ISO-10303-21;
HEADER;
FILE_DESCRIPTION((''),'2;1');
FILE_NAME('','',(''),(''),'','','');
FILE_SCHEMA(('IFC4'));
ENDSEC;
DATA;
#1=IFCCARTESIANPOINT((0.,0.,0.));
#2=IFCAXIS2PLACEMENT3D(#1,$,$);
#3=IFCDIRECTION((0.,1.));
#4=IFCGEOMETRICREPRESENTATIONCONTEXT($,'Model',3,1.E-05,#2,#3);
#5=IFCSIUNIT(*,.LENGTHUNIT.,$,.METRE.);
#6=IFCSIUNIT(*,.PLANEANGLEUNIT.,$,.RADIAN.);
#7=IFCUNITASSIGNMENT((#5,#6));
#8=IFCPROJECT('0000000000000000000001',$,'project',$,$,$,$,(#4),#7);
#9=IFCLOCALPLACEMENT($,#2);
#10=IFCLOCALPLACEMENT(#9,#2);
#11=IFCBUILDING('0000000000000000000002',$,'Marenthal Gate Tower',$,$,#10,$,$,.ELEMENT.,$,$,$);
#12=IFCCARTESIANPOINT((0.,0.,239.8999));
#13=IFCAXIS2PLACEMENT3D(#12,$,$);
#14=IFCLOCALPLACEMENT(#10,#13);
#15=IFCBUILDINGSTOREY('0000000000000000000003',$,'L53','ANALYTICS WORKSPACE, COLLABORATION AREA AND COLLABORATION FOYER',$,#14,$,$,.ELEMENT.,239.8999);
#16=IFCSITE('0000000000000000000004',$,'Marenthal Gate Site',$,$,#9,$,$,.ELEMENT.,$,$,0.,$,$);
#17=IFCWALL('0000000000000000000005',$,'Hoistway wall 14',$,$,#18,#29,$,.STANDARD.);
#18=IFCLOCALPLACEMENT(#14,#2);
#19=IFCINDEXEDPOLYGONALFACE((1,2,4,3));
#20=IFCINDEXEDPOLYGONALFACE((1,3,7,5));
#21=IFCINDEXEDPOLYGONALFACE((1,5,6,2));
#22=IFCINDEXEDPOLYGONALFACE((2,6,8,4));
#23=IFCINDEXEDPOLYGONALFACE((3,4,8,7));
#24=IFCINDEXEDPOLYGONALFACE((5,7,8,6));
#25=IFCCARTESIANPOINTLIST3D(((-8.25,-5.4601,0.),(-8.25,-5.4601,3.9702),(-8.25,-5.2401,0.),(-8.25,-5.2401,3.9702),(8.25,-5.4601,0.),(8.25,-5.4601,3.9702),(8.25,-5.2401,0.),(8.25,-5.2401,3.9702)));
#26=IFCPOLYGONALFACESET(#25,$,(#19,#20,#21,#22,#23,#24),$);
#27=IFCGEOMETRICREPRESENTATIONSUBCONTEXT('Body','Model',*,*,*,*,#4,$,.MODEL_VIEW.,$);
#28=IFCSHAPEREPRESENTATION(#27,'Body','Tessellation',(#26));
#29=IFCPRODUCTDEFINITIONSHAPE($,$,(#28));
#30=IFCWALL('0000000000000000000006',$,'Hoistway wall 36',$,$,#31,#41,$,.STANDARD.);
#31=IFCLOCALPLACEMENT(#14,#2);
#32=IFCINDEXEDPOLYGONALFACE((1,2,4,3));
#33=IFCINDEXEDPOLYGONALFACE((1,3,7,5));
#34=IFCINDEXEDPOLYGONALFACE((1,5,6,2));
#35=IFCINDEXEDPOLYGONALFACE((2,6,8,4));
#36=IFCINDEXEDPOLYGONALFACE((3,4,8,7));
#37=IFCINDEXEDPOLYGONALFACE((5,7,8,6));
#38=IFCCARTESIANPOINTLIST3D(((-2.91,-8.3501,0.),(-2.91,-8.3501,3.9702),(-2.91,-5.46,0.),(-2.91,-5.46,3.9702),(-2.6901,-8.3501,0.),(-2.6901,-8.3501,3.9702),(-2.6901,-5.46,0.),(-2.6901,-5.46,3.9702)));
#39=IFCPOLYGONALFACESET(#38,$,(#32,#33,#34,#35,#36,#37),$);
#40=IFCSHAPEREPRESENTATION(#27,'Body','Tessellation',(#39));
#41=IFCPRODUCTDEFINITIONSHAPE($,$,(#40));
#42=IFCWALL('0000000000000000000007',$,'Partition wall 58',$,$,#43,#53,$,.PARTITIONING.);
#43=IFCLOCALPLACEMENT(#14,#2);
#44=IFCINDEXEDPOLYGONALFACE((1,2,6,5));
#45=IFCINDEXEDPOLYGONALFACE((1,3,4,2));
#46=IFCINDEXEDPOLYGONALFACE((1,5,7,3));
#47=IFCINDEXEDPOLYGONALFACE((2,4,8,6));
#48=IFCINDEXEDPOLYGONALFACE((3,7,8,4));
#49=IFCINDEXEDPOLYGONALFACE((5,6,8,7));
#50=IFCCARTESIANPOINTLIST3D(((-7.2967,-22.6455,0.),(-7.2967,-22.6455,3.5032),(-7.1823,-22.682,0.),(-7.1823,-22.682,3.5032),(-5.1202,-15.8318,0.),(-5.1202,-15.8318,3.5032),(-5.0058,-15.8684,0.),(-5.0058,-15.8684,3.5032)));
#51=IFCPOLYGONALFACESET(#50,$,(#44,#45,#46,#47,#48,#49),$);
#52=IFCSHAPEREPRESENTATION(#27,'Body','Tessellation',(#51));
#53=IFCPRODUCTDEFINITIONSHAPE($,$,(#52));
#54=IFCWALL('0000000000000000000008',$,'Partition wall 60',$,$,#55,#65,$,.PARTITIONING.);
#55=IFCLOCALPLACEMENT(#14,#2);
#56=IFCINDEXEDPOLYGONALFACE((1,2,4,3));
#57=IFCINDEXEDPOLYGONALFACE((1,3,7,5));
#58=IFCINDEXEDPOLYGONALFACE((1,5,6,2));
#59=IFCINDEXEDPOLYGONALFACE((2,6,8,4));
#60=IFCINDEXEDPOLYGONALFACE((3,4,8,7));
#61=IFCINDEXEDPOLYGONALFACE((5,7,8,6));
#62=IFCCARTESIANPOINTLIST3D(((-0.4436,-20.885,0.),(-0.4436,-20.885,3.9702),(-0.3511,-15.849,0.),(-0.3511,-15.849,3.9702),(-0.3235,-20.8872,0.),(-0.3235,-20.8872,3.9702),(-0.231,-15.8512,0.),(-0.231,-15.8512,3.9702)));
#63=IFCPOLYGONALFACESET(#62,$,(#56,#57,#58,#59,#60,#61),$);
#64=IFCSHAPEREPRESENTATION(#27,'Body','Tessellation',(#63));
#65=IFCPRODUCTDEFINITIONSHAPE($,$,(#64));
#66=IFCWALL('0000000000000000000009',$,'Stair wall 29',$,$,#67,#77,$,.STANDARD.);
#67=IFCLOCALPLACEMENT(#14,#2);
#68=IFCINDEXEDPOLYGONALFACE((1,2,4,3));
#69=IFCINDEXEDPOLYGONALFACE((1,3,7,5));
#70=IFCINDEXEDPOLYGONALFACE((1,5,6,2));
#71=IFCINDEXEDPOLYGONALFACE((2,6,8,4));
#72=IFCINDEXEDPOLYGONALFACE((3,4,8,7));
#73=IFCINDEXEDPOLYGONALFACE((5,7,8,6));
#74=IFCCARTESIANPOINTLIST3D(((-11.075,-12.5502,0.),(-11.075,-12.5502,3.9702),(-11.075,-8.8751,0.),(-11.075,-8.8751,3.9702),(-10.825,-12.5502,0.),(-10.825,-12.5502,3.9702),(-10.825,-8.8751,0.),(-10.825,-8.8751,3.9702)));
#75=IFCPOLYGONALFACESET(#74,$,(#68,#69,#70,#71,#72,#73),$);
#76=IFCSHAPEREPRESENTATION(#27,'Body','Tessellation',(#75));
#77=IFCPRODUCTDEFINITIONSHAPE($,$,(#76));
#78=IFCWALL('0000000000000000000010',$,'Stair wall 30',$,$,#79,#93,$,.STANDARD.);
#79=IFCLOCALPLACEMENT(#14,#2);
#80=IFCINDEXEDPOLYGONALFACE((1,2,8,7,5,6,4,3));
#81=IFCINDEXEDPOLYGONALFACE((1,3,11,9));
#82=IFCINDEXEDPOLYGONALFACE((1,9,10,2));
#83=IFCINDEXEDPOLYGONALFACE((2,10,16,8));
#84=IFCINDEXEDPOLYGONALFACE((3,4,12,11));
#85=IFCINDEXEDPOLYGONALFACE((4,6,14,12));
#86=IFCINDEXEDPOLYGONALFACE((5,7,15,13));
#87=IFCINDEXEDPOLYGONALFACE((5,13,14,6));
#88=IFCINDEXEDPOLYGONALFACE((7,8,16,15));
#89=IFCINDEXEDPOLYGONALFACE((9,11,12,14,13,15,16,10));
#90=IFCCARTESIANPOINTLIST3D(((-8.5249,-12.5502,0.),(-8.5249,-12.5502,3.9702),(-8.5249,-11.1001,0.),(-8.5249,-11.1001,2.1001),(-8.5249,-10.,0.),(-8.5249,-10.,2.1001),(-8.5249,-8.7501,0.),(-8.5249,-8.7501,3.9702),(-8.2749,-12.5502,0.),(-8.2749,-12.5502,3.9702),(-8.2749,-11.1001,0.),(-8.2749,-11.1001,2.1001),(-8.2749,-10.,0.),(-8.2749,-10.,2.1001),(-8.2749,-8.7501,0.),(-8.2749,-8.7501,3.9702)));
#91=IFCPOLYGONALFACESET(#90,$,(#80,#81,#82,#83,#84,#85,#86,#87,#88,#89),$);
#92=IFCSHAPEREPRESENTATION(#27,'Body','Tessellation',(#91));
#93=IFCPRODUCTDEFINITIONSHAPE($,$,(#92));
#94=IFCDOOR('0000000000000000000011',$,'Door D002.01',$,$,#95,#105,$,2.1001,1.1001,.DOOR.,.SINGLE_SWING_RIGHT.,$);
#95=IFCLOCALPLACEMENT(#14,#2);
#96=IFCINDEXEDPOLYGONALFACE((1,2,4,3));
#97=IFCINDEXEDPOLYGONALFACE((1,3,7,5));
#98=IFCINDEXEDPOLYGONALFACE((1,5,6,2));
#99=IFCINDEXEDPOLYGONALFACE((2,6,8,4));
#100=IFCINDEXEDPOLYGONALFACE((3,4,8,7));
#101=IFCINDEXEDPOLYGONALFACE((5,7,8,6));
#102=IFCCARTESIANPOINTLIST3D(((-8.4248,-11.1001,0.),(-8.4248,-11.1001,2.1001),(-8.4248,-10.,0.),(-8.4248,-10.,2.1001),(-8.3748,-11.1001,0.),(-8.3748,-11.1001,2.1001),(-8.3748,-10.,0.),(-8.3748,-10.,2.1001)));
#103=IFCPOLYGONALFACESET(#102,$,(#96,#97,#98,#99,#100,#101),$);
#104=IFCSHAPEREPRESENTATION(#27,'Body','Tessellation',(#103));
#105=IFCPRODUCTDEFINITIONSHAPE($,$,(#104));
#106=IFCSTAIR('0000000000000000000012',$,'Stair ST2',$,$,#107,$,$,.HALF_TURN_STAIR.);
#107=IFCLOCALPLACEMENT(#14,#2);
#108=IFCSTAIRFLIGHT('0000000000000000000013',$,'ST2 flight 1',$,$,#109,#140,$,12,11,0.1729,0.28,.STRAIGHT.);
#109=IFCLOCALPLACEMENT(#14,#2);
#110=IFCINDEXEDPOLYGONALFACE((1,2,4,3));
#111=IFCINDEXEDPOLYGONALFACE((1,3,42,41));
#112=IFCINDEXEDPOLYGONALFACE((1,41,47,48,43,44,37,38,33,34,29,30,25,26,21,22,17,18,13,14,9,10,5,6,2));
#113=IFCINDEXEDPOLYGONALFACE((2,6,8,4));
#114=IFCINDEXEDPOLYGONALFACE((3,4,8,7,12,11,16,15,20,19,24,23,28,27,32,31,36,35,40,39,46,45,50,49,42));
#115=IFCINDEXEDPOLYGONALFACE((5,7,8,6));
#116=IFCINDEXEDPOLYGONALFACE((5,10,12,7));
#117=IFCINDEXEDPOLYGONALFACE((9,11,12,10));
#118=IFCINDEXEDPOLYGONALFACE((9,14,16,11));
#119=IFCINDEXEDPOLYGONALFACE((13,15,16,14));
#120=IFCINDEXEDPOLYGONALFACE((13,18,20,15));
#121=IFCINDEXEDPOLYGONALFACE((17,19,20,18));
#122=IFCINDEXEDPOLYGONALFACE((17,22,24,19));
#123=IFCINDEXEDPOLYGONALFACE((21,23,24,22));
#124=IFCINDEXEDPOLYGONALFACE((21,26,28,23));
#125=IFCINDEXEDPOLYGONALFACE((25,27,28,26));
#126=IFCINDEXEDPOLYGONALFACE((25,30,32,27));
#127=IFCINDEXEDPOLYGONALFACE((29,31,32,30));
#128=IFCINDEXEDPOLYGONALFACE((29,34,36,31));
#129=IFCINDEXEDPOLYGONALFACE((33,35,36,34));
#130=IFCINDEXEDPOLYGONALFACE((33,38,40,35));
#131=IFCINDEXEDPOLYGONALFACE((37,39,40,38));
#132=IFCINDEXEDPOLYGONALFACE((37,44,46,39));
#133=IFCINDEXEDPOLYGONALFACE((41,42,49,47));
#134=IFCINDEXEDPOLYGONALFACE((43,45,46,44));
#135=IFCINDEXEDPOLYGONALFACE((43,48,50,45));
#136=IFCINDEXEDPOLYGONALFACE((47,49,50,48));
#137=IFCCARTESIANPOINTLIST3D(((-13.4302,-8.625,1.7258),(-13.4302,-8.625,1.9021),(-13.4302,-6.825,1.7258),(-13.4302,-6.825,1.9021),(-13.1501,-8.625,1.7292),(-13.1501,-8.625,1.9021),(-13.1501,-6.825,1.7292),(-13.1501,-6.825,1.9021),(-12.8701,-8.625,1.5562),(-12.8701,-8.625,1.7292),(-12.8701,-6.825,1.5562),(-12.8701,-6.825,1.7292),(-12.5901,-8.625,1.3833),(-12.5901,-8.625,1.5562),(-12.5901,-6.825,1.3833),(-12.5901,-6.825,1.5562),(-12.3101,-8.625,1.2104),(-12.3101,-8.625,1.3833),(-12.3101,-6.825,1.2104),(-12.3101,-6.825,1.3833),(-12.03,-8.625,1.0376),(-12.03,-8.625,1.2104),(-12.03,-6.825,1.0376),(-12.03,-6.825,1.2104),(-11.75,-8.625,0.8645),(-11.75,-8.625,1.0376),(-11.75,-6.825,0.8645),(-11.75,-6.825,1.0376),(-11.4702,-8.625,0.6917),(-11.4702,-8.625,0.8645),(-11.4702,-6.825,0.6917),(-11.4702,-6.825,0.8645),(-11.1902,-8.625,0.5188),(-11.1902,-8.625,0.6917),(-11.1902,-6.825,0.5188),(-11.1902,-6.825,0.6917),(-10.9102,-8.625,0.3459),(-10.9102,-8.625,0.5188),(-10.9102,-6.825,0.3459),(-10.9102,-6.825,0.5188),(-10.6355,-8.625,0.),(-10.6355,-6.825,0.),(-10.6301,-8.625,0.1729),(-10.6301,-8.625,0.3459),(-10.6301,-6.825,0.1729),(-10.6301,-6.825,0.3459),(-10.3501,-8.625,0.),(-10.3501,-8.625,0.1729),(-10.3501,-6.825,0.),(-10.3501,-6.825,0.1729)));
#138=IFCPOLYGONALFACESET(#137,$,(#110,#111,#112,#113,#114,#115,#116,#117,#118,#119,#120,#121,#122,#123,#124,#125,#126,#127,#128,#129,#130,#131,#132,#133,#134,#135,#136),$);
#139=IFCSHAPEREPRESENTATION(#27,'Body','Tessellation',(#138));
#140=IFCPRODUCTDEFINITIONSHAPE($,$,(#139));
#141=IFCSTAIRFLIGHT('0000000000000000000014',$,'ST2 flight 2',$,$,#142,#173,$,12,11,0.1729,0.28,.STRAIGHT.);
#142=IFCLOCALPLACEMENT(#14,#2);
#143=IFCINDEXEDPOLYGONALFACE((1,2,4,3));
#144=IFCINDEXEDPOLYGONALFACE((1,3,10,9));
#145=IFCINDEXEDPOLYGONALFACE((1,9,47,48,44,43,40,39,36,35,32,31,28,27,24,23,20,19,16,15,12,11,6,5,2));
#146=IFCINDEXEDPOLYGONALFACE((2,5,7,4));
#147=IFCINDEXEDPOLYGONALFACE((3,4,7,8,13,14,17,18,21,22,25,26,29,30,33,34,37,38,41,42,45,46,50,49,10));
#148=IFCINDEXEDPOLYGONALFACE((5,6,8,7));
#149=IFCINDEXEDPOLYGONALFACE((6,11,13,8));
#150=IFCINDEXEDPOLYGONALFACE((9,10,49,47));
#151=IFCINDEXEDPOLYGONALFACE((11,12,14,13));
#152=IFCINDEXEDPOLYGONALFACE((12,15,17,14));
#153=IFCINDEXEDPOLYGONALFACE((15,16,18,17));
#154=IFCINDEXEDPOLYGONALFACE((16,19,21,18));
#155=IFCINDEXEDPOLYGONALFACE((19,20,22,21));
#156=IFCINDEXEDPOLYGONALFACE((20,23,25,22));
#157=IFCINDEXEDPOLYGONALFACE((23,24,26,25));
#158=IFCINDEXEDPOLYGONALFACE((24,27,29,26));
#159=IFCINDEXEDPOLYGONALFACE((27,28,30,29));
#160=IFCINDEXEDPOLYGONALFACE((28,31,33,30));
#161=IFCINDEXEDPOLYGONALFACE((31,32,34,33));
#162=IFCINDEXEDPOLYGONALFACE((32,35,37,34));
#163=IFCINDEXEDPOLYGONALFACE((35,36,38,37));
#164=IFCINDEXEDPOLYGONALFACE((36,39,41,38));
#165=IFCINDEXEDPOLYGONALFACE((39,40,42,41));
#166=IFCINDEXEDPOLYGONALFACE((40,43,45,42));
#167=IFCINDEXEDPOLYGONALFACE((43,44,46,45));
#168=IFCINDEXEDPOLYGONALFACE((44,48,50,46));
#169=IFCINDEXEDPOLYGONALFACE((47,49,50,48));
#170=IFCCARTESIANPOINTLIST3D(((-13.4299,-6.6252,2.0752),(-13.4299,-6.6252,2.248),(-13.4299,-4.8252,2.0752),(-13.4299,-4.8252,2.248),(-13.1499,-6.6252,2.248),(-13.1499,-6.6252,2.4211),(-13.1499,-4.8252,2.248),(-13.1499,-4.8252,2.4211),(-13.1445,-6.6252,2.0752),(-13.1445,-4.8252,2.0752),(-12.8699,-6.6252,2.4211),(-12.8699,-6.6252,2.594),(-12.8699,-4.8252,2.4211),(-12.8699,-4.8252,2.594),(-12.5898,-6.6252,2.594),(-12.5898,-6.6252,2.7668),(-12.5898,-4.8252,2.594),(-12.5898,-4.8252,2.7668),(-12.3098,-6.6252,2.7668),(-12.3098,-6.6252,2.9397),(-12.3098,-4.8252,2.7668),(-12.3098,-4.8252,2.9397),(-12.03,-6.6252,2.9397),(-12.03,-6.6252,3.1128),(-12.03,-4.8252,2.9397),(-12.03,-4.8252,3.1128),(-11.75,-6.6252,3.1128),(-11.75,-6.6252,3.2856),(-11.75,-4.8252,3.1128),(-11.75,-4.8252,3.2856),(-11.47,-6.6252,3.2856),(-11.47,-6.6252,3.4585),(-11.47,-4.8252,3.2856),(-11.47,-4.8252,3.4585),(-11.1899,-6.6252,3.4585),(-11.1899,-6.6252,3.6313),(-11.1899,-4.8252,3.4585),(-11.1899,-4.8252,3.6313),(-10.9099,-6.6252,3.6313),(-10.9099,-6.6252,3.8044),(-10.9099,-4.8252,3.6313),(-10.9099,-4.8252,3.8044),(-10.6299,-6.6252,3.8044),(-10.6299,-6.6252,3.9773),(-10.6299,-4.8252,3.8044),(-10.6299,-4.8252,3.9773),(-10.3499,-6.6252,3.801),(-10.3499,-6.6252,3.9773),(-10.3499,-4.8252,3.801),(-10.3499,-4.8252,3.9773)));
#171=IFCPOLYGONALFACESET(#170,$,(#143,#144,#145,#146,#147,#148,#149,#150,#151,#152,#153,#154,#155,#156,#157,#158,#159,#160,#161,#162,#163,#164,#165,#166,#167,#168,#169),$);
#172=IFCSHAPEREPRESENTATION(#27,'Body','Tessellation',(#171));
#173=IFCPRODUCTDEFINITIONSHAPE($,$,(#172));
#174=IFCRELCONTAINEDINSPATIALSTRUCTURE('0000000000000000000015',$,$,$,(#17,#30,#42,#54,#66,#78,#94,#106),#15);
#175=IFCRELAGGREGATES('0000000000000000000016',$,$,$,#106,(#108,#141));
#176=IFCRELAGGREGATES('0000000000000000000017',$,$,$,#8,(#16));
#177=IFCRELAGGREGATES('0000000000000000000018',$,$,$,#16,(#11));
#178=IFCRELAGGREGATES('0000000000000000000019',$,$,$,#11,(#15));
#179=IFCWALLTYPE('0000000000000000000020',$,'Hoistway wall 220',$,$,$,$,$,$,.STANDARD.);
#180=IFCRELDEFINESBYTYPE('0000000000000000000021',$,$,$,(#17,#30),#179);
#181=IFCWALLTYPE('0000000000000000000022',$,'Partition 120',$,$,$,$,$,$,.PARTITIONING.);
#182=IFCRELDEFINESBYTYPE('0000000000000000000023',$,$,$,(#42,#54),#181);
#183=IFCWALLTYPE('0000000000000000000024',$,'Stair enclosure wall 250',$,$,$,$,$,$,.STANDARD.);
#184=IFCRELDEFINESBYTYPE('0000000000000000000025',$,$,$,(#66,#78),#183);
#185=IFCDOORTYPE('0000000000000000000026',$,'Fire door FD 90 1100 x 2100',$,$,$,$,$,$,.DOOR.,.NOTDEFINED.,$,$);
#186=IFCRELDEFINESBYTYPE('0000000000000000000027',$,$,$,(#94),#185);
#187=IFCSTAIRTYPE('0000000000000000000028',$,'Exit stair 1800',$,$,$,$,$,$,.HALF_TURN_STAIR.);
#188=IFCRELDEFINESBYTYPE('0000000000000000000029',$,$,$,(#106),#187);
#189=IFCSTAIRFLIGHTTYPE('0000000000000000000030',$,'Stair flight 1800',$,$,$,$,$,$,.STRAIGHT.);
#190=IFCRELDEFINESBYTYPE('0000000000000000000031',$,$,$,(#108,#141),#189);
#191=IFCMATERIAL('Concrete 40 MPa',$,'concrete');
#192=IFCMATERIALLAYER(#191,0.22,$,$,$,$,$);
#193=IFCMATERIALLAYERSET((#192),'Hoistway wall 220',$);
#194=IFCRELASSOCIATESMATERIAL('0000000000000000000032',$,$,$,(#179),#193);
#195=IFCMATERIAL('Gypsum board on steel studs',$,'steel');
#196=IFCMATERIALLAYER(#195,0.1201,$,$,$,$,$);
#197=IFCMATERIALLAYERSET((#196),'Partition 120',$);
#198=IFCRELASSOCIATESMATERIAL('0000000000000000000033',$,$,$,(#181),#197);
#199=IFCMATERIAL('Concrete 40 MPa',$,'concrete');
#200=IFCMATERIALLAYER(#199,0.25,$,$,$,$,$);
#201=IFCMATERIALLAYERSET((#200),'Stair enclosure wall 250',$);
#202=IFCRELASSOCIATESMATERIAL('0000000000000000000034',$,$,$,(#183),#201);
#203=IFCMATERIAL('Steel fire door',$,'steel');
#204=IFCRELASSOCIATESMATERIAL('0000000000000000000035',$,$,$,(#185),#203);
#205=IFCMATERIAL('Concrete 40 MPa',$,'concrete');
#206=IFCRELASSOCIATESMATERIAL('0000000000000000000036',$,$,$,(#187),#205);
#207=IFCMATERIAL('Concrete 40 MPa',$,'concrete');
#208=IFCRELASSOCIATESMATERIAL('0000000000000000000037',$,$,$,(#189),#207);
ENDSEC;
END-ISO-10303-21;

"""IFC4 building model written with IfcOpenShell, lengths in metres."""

from ifc_helpers import new_model, si_unit, direction, frame, frame_2d, origin, place, context, subcontext, project, spatial, polyline, rectangle, outline, extrude, material, layer, layer_set, type_object, element, fill, aggregate, save


model = new_model("IFC4")

# Units and contexts
model_context = context("Model", 3, precision=1e-05, world=origin(), true_north=direction((0.0, 1.0)))
body_context = subcontext(model_context, "Body", "Model", "MODEL_VIEW")
ifc_project = project(units=[si_unit("LENGTHUNIT", "METRE"), si_unit("PLANEANGLEUNIT", "RADIAN")], contexts=[model_context])

# Site, building, storey
site_placement = place(None, origin())
site = spatial("IfcSite", under=ifc_project, at=site_placement, Name="Marenthal Gate Site", CompositionType="ELEMENT", RefElevation=0.0)
building_placement = place(site_placement, origin())
building = spatial("IfcBuilding", under=site, at=building_placement, Name="Marenthal Gate Tower", CompositionType="ELEMENT")
storey_placement = place(building_placement, frame((0.0, 0.0, 239.8999)))
storey = spatial("IfcBuildingStorey", under=building, at=storey_placement, Name="L53", Description="ANALYTICS WORKSPACE, COLLABORATION AREA AND COLLABORATION FOYER", CompositionType="ELEMENT", Elevation=239.8999)

# Shared definitions
ifc_material_1 = material(Name="Concrete 40 MPa", Category="concrete")
ifc_layer_1 = layer(ifc_material_1, 0.22)
ifc_layer_set_1 = layer_set([ifc_layer_1], Name="Hoistway wall 220")
wall_type_1 = type_object("IfcWallType", Name="Hoistway wall 220", PredefinedType="STANDARD", material=ifc_layer_set_1)

# Walls
wall_1_placement = place(storey_placement, frame((-8.25, -5.3501, 0.0), z_axis=(0.0, 0.0, 1.0), x_axis=(1.0, 0.0, 0.0)))
element("IfcWall", 1, at=wall_1_placement, inside=storey, type_object=wall_type_1, Name="Hoistway wall 14", PredefinedType="STANDARD", context=body_context, shape_type="SweptSolid", body=[
    extrude(rectangle(XDim=16.5, YDim=0.22, at=frame_2d((8.25, 0.0))), origin(), (0.0, 0.0, 1.0), 3.9702),
])
wall_2_placement = place(storey_placement, frame((-2.8, -8.3501, 0.0), z_axis=(0.0, 0.0, 1.0), x_axis=(0.0, 1.0, 0.0)))
element("IfcWall", 2, at=wall_2_placement, inside=storey, type_object=wall_type_1, Name="Hoistway wall 36", PredefinedType="STANDARD", context=body_context, shape_type="SweptSolid", body=[
    extrude(rectangle(XDim=2.8901, YDim=0.22, at=frame_2d((1.4451, 0.0))), origin(), (0.0, 0.0, 1.0), 3.9702),
])
ifc_material_2 = material(Name="Gypsum board on steel studs", Category="steel")
ifc_layer_2 = layer(ifc_material_2, 0.1201)
ifc_layer_set_2 = layer_set([ifc_layer_2], Name="Partition 120")
wall_type_2 = type_object("IfcWallType", Name="Partition 120", PredefinedType="PARTITIONING", material=ifc_layer_set_2)
wall_3_placement = place(storey_placement, frame((-5.063, -15.8501, 0.0), z_axis=(0.0, 0.0, 1.0), x_axis=(-0.304284, -0.952581, 0.0)))
element("IfcWall", 3, at=wall_3_placement, inside=storey, type_object=wall_type_2, Name="Partition wall 58", PredefinedType="PARTITIONING", context=body_context, shape_type="SweptSolid", body=[
    extrude(rectangle(XDim=7.1528, YDim=0.1201, at=frame_2d((3.5764, 0.0))), origin(), (0.0, 0.0, 1.0), 3.5032),
])
wall_4_placement = place(storey_placement, frame((-0.3835, -20.8862, 0.0), z_axis=(0.0, 0.0, 1.0), x_axis=(0.01837, 0.999831, 0.0)))
element("IfcWall", 4, at=wall_4_placement, inside=storey, type_object=wall_type_2, Name="Partition wall 60", PredefinedType="PARTITIONING", context=body_context, shape_type="SweptSolid", body=[
    extrude(rectangle(XDim=5.0369, YDim=0.1201, at=frame_2d((2.5186, 0.0))), origin(), (0.0, 0.0, 1.0), 3.9702),
])
ifc_material_3 = material(Name="Concrete 40 MPa", Category="concrete")
ifc_layer_3 = layer(ifc_material_3, 0.25)
ifc_layer_set_3 = layer_set([ifc_layer_3], Name="Stair enclosure wall 250")
wall_type_3 = type_object("IfcWallType", Name="Stair enclosure wall 250", PredefinedType="STANDARD", material=ifc_layer_set_3)
wall_5_placement = place(storey_placement, frame((-10.95, -12.55, 0.0), z_axis=(0.0, 0.0, 1.0), x_axis=(0.0, 1.0, 0.0)))
element("IfcWall", 5, at=wall_5_placement, inside=storey, type_object=wall_type_3, Name="Stair wall 29", PredefinedType="STANDARD", context=body_context, shape_type="SweptSolid", body=[
    extrude(rectangle(XDim=3.675, YDim=0.25, at=frame_2d((1.8374, 0.0))), origin(), (0.0, 0.0, 1.0), 3.9702),
])

# Wall, opening, door
wall_6_placement = place(storey_placement, frame((-8.3999, -12.55, 0.0), z_axis=(0.0, 0.0, 1.0), x_axis=(0.0, 1.0, 0.0)))
wall_6 = element("IfcWall", 6, at=wall_6_placement, inside=storey, type_object=wall_type_3, Name="Stair wall 30", PredefinedType="STANDARD", context=body_context, shape_type="SweptSolid", body=[
    extrude(rectangle(XDim=3.8, YDim=0.25, at=frame_2d((1.8999, 0.0))), origin(), (0.0, 0.0, 1.0), 3.9702),
])
opening_1_placement = place(wall_6_placement, frame((1.45, 0.0, 0.0)))
opening_1 = element("IfcOpeningElement", 7, at=opening_1_placement, cuts=wall_6, PredefinedType="OPENING", context=body_context, shape_type="SweptSolid", body=[
    extrude(rectangle(XDim=1.1001, YDim=2.1001, at=frame_2d((0.55, 1.05))), frame((0.0, 0.135, 0.0), z_axis=(0.0, -1.0, 0.0), x_axis=(1.0, 0.0, 0.0)), (0.0, 0.0, 1.0), 0.27),
])
ifc_material_4 = material(Name="Steel fire door", Category="steel")
door_type_1 = type_object("IfcDoorType", Name="Fire door FD 90 1100 x 2100", OperationType="NOTDEFINED", PredefinedType="DOOR", material=ifc_material_4)
door_1_placement = place(opening_1_placement, origin())
door_1 = element("IfcDoor", 8, at=door_1_placement, inside=storey, type_object=door_type_1, Name="Door D002.01", OperationType="SINGLE_SWING_RIGHT", OverallHeight=2.1001, OverallWidth=1.1001, PredefinedType="DOOR", context=body_context, shape_type="SweptSolid", body=[
    extrude(rectangle(XDim=1.1001, YDim=2.1001, at=frame_2d((0.55, 1.05))), frame((0.0, 0.0249, 0.0), z_axis=(0.0, -1.0, 0.0), x_axis=(1.0, 0.0, 0.0)), (0.0, 0.0, 1.0), 0.05),
])
fill(opening_1, door_1)

# Stair, stair flights
ifc_material_5 = material(Name="Concrete 40 MPa", Category="concrete")
stair_type = type_object("IfcStairType", Name="Exit stair 1800", PredefinedType="HALF_TURN_STAIR", material=ifc_material_5)
stair_placement = place(storey_placement, origin())
stair = element("IfcStair", 9, at=stair_placement, inside=storey, type_object=stair_type, Name="Stair ST2", PredefinedType="HALF_TURN_STAIR")
ifc_material_6 = material(Name="Concrete 40 MPa", Category="concrete")
stair_flight_type = type_object("IfcStairFlightType", Name="Stair flight 1800", PredefinedType="STRAIGHT", material=ifc_material_6)
stair_flight_1_placement = place(storey_placement, frame((-10.3501, -7.7251, 0.0), z_axis=(0.0, 0.0, 1.0), x_axis=(-1.0, 0.0, 0.0)))
stair_flight_1 = element("IfcStairFlight", 10, at=stair_flight_1_placement, type_object=stair_flight_type, Name="ST2 flight 1", NumberOfRisers=12, NumberOfTreads=11, PredefinedType="STRAIGHT", RiserHeight=0.1729, TreadLength=0.28, context=body_context, shape_type="SweptSolid", body=[
    extrude(outline(polyline([(0.0, 0.0), (0.0, 0.1729), (0.28, 0.1729), (0.28, 0.3459), (0.5601, 0.3459), (0.5601, 0.5188), (0.8401, 0.5188), (0.8401, 0.6917), (1.1201, 0.6917), (1.1201, 0.8645), (1.3999, 0.8645), (1.3999, 1.0376), (1.6799, 1.0376), (1.6799, 1.2104), (1.96, 1.2104), (1.96, 1.3833), (2.24, 1.3833), (2.24, 1.5562), (2.52, 1.5562), (2.52, 1.7292), (2.8, 1.7292), (2.8, 1.9021), (3.0801, 1.9021), (3.0801, 2.075), (3.0801, 1.7258), (0.2854, 0.0), (0.0, 0.0)])), frame((0.0, 0.8999, 0.0), z_axis=(0.0, -1.0, 0.0), x_axis=(1.0, 0.0, 0.0)), (0.0, 0.0, 1.0), 1.8),
])
stair_flight_2_placement = place(storey_placement, frame((-13.4299, -5.7251, 2.0752), z_axis=(0.0, 0.0, 1.0), x_axis=(1.0, 0.0, 0.0)))
stair_flight_2 = element("IfcStairFlight", 11, at=stair_flight_2_placement, type_object=stair_flight_type, Name="ST2 flight 2", NumberOfRisers=12, NumberOfTreads=11, PredefinedType="STRAIGHT", RiserHeight=0.1729, TreadLength=0.28, context=body_context, shape_type="SweptSolid", body=[
    extrude(outline(polyline([(0.0, 0.0), (0.0, 0.1729), (0.28, 0.1729), (0.28, 0.3459), (0.5601, 0.3459), (0.5601, 0.5188), (0.8401, 0.5188), (0.8401, 0.6917), (1.1201, 0.6917), (1.1201, 0.8645), (1.3999, 0.8645), (1.3999, 1.0376), (1.6799, 1.0376), (1.6799, 1.2104), (1.96, 1.2104), (1.96, 1.3833), (2.24, 1.3833), (2.24, 1.5562), (2.52, 1.5562), (2.52, 1.7292), (2.8, 1.7292), (2.8, 1.9021), (3.0801, 1.9021), (3.0801, 2.075), (3.0801, 1.7258), (0.2854, 0.0), (0.0, 0.0)])), frame((0.0, 0.8999, 0.0), z_axis=(0.0, -1.0, 0.0), x_axis=(1.0, 0.0, 0.0)), (0.0, 0.0, 1.0), 1.8),
])
aggregate(stair, [stair_flight_1, stair_flight_2])

save(model, "model.ifc")
